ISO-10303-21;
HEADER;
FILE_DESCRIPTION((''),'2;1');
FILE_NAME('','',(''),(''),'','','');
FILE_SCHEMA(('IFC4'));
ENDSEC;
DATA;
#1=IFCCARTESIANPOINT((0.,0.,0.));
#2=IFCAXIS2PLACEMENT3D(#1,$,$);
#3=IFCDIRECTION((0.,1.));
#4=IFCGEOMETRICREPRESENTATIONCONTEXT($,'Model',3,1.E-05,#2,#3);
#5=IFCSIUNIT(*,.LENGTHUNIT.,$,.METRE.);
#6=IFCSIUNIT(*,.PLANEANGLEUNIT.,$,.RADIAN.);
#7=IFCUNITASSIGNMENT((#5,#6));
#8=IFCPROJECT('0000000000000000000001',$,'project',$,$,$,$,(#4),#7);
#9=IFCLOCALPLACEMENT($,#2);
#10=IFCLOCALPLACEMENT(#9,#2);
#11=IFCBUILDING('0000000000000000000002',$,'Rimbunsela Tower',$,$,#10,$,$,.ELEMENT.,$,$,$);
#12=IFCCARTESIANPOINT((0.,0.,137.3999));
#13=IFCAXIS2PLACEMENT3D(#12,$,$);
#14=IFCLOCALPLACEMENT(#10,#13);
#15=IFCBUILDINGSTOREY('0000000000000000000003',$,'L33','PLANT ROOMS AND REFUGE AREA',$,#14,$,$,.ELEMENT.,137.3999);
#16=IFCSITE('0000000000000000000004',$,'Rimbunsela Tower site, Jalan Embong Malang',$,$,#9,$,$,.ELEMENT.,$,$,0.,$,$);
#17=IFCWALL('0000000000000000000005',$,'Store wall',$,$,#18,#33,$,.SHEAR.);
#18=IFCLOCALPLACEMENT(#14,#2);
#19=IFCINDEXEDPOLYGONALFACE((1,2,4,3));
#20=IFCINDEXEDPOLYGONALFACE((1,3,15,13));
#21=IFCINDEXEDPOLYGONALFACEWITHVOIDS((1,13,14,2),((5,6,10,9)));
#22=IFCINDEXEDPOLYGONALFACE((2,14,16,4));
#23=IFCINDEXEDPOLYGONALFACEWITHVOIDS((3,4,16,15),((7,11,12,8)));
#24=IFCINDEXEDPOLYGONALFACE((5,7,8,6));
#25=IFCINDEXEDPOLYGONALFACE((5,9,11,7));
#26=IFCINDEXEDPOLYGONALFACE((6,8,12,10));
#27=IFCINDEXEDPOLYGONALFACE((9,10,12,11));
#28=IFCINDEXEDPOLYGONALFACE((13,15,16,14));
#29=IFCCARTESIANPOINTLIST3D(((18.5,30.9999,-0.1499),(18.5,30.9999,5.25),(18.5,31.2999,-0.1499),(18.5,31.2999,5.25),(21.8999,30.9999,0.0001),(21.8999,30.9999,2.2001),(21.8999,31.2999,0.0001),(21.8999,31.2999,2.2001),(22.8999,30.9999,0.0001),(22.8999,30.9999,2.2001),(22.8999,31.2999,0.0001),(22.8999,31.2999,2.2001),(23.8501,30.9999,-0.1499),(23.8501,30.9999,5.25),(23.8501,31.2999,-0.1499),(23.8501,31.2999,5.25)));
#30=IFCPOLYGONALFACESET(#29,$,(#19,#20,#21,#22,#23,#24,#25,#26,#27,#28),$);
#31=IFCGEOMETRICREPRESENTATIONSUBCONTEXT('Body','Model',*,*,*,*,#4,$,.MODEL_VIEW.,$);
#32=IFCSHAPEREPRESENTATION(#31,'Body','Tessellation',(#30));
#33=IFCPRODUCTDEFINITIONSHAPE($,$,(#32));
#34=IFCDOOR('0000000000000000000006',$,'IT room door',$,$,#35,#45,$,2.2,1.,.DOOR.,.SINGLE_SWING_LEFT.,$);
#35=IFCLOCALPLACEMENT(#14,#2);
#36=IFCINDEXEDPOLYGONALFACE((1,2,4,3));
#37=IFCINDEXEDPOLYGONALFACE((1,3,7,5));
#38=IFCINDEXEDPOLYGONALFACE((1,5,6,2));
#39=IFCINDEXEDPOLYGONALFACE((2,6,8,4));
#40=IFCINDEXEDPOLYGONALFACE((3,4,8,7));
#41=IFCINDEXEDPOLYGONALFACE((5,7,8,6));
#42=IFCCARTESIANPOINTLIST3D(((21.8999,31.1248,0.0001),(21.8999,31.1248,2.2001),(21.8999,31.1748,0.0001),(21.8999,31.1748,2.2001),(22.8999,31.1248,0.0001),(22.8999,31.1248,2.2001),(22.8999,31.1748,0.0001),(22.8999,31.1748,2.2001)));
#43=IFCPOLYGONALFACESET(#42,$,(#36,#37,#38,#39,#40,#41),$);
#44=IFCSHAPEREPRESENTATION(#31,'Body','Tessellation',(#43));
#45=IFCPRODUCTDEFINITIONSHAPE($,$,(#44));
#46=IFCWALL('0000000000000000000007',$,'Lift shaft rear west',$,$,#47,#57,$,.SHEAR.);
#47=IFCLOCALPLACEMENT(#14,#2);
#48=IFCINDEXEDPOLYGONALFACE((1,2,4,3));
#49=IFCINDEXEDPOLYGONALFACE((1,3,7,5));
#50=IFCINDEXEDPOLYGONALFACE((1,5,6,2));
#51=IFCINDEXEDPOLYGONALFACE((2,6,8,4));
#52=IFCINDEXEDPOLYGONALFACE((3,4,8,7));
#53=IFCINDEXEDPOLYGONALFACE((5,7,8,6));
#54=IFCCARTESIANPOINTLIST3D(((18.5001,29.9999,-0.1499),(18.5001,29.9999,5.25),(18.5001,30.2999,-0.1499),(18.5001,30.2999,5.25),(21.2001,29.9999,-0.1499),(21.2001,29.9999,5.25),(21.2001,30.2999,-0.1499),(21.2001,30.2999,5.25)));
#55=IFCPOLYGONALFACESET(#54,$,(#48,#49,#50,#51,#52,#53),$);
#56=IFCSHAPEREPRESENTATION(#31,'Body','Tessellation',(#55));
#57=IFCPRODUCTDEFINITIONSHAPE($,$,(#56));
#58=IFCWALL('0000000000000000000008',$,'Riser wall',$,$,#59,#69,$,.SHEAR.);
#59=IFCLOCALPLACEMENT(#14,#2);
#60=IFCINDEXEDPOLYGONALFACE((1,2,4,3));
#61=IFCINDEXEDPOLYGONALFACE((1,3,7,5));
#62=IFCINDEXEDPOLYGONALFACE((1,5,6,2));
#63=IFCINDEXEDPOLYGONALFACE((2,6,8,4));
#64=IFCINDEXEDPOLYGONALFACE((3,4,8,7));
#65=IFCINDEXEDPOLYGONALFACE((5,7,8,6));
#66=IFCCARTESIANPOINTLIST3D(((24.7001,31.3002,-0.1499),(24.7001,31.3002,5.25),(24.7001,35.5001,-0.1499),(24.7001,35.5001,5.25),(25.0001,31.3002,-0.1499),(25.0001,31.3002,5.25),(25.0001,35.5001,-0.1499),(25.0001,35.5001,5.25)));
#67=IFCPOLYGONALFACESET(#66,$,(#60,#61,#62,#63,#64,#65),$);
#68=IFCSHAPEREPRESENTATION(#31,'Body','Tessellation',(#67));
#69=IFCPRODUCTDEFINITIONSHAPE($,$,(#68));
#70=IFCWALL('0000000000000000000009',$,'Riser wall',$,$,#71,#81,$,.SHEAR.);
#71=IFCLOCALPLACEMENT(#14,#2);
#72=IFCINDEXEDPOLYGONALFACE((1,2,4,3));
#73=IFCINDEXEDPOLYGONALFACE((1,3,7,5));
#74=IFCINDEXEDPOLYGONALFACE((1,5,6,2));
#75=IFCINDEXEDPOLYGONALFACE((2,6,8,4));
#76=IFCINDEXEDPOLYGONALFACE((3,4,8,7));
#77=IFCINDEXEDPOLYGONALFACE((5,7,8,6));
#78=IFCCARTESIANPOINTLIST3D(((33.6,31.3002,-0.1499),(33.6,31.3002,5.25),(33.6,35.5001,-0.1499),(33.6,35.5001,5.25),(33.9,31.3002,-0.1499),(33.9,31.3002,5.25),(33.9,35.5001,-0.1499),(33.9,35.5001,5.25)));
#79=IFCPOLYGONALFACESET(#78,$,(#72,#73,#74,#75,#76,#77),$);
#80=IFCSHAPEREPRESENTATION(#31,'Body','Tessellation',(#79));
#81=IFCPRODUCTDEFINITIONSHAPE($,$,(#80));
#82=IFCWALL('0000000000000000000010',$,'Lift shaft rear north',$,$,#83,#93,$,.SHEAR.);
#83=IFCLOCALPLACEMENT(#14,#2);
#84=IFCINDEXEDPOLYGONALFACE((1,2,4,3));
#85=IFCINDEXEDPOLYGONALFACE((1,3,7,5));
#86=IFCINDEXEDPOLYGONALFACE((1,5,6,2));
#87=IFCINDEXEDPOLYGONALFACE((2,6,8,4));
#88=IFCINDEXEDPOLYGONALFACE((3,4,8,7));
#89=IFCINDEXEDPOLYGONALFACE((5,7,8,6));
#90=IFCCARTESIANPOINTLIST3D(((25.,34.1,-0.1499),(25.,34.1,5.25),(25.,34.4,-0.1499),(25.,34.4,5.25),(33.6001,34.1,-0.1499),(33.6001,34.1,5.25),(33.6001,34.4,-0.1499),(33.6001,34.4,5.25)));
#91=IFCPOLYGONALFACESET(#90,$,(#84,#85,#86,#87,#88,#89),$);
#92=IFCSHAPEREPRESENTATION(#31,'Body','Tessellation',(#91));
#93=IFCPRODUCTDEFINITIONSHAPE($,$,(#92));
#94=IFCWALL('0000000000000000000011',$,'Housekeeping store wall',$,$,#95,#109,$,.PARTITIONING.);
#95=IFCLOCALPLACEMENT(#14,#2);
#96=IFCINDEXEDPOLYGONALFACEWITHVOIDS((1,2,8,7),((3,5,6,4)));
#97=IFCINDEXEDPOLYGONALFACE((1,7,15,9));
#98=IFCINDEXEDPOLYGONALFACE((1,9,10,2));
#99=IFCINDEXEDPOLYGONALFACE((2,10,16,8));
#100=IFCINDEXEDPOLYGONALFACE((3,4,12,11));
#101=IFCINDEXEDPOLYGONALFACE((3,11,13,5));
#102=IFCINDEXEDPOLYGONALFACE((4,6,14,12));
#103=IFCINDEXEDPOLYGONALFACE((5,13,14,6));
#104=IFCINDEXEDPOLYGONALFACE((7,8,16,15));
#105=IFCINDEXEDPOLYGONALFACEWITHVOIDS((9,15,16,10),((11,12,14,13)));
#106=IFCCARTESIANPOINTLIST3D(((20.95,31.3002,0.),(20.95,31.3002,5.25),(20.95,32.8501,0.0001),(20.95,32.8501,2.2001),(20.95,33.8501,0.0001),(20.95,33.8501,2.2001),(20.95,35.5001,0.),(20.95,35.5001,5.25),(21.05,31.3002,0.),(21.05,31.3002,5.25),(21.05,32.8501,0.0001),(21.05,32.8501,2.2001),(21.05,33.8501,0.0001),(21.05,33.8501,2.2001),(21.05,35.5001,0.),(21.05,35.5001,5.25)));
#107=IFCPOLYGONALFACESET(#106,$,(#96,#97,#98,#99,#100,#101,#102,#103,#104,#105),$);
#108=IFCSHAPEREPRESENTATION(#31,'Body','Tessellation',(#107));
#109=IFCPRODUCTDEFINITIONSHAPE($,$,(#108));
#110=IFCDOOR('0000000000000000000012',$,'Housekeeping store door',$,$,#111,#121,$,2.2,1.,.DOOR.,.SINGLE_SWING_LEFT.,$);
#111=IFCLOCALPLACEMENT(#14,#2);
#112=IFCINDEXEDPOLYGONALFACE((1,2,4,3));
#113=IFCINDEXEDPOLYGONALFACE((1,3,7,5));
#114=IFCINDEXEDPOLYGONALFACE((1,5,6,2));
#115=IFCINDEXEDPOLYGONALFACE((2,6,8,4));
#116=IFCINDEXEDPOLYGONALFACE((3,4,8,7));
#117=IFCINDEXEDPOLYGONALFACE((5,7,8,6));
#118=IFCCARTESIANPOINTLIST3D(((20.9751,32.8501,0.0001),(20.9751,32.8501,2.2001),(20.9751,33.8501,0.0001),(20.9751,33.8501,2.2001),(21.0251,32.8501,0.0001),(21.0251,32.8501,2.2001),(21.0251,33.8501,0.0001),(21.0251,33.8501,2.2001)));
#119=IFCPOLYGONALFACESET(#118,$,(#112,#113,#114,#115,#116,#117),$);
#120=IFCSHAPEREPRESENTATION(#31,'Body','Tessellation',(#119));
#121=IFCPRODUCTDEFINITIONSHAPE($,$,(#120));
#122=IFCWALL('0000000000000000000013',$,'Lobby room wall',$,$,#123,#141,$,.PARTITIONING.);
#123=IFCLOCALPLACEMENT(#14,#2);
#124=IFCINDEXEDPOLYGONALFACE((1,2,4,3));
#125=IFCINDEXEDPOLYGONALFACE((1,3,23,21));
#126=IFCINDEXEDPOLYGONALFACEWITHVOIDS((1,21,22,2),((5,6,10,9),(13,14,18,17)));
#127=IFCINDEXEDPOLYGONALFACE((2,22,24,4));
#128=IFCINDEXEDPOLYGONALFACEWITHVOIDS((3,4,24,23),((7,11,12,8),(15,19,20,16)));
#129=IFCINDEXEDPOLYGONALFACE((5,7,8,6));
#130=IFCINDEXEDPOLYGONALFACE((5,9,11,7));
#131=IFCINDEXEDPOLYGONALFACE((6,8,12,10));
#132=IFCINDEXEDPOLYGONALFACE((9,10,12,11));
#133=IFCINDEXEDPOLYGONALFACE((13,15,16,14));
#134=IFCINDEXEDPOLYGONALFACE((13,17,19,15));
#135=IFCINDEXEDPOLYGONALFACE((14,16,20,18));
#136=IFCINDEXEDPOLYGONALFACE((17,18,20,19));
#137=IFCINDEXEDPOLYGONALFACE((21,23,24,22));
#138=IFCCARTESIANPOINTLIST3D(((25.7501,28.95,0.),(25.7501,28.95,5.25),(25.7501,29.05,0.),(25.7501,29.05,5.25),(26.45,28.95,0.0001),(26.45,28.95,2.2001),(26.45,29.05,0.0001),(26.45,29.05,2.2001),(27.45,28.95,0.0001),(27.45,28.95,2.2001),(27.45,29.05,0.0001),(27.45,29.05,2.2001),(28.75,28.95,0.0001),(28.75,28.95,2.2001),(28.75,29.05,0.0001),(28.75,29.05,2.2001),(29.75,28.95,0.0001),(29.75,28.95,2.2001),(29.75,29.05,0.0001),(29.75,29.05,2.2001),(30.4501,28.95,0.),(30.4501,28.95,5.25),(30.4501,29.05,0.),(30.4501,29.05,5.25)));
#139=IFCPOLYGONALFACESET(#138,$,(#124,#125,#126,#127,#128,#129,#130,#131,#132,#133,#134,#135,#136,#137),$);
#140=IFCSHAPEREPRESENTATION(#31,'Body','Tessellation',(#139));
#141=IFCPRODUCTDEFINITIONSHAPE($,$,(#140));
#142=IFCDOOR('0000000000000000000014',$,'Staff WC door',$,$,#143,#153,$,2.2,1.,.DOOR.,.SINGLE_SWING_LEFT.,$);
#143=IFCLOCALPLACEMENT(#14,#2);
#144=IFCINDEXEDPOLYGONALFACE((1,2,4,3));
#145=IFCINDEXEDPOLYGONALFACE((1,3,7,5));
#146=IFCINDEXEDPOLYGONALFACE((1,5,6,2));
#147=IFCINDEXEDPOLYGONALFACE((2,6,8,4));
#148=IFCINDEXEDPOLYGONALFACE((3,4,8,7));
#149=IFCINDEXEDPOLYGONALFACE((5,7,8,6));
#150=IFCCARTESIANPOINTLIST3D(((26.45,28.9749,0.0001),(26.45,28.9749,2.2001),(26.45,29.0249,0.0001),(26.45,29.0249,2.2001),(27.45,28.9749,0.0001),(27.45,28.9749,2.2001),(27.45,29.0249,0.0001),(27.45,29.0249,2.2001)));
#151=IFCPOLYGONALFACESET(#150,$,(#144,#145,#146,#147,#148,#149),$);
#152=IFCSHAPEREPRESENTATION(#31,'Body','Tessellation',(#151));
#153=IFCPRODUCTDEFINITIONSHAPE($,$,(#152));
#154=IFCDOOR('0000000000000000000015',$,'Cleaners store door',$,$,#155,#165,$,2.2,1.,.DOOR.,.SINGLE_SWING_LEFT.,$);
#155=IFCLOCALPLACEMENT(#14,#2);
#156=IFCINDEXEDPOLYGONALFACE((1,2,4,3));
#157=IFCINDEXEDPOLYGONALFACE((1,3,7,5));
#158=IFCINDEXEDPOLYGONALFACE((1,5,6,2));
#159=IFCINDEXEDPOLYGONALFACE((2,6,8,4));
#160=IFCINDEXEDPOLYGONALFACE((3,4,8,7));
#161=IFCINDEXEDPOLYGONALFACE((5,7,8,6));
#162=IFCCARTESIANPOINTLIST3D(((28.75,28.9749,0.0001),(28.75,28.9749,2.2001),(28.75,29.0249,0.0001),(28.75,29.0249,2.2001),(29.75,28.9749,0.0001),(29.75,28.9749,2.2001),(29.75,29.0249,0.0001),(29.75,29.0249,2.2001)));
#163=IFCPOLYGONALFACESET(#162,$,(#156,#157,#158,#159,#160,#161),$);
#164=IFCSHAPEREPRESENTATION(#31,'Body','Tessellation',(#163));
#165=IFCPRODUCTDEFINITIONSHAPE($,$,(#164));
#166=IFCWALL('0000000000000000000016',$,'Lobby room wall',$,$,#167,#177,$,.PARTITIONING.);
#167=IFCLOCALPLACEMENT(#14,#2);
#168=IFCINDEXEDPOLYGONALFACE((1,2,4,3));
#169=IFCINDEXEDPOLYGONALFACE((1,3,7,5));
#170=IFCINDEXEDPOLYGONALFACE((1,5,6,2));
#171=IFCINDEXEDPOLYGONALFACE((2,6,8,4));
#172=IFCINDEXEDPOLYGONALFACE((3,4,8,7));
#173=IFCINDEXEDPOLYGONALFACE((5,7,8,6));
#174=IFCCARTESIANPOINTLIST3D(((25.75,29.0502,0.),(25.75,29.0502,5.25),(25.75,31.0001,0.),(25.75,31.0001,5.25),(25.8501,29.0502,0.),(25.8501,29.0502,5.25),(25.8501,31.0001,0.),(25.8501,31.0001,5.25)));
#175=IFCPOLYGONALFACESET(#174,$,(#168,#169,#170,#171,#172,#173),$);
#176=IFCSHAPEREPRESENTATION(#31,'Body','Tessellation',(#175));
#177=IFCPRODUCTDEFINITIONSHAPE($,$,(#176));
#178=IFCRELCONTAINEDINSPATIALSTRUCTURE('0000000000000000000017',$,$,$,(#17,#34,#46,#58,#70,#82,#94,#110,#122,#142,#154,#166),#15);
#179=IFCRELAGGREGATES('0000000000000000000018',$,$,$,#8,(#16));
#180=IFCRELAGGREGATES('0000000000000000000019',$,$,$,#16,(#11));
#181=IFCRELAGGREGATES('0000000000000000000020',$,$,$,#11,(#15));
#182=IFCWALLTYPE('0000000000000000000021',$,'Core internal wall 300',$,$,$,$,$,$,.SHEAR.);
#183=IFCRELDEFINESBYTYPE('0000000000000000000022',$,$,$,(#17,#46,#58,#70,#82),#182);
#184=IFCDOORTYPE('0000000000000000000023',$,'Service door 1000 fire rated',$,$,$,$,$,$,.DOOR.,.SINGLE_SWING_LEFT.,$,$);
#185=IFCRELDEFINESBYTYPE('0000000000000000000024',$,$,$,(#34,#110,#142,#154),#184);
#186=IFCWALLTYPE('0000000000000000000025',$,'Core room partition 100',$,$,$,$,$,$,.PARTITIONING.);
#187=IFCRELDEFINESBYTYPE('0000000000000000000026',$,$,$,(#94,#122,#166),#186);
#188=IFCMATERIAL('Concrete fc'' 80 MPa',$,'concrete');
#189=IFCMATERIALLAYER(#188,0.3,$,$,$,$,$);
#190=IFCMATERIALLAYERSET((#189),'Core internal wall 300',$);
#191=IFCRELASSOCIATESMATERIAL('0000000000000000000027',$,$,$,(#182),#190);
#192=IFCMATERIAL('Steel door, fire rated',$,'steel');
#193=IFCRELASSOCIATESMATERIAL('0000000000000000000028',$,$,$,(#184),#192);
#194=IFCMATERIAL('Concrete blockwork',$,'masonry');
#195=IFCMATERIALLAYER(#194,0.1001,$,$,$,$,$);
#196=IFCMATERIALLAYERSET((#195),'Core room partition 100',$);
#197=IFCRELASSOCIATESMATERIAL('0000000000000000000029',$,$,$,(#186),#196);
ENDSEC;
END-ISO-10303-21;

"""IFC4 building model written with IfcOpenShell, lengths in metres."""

from ifc_helpers import new_model, si_unit, direction, frame, frame_2d, origin, place, context, subcontext, project, spatial, rectangle, extrude, material, layer, layer_set, type_object, element, fill, save


model = new_model("IFC4")

# Units and contexts
model_context = context("Model", 3, precision=1e-05, world=origin(), true_north=direction((0.0, 1.0)))
body_context = subcontext(model_context, "Body", "Model", "MODEL_VIEW")
ifc_project = project(units=[si_unit("LENGTHUNIT", "METRE"), si_unit("PLANEANGLEUNIT", "RADIAN")], contexts=[model_context])

# Site, building, storey
site_placement = place(None, origin())
site = spatial("IfcSite", under=ifc_project, at=site_placement, Name="Rimbunsela Tower site, Jalan Embong Malang", CompositionType="ELEMENT", RefElevation=0.0)
building_placement = place(site_placement, origin())
building = spatial("IfcBuilding", under=site, at=building_placement, Name="Rimbunsela Tower", CompositionType="ELEMENT")
storey_placement = place(building_placement, frame((0.0, 0.0, 137.3999)))
storey = spatial("IfcBuildingStorey", under=building, at=storey_placement, Name="L33", Description="PLANT ROOMS AND REFUGE AREA", CompositionType="ELEMENT", Elevation=137.3999)

# Shared definitions
ifc_material_1 = material(Name="Concrete fc' 80 MPa", Category="concrete")
ifc_layer_1 = layer(ifc_material_1, 0.3)
ifc_layer_set_1 = layer_set([ifc_layer_1], Name="Core internal wall 300")
wall_type_1 = type_object("IfcWallType", Name="Core internal wall 300", PredefinedType="SHEAR", material=ifc_layer_set_1)

# Wall, opening, door
wall_1_placement = place(storey_placement, frame((18.5, 31.1499, -0.1499), z_axis=(0.0, 0.0, 1.0), x_axis=(1.0, 0.0, 0.0)))
wall_1 = element("IfcWall", 1, at=wall_1_placement, inside=storey, type_object=wall_type_1, Name="Store wall", PredefinedType="SHEAR", context=body_context, shape_type="SweptSolid", body=[
    extrude(rectangle(XDim=5.3501, YDim=0.3, at=frame_2d((2.675, 0.0))), origin(), (0.0, 0.0, 1.0), 5.3999),
])
opening_1_placement = place(wall_1_placement, frame((3.3999, 0.0, 0.1499)))
opening_1 = element("IfcOpeningElement", 2, at=opening_1_placement, cuts=wall_1, PredefinedType="OPENING", context=body_context, shape_type="SweptSolid", body=[
    extrude(rectangle(XDim=1.0, YDim=2.2, at=frame_2d((0.5, 1.1001))), frame((0.0, 0.1599, 0.0), z_axis=(0.0, -1.0, 0.0), x_axis=(1.0, 0.0, 0.0)), (0.0, 0.0, 1.0), 0.3201),
])
ifc_material_2 = material(Name="Steel door, fire rated", Category="steel")
door_type_1 = type_object("IfcDoorType", Name="Service door 1000 fire rated", OperationType="SINGLE_SWING_LEFT", PredefinedType="DOOR", material=ifc_material_2)
door_1_placement = place(opening_1_placement, origin())
door_1 = element("IfcDoor", 3, at=door_1_placement, inside=storey, type_object=door_type_1, Name="IT room door", OperationType="SINGLE_SWING_LEFT", OverallHeight=2.2, OverallWidth=1.0, PredefinedType="DOOR", context=body_context, shape_type="SweptSolid", body=[
    extrude(rectangle(XDim=1.0, YDim=2.2, at=frame_2d((0.5, 1.1001))), frame((0.0, 0.0249, 0.0), z_axis=(0.0, -1.0, 0.0), x_axis=(1.0, 0.0, 0.0)), (0.0, 0.0, 1.0), 0.05),
])
fill(opening_1, door_1)

# Walls
wall_2_placement = place(storey_placement, frame((18.5, 30.1499, -0.1499), z_axis=(0.0, 0.0, 1.0), x_axis=(1.0, 0.0, 0.0)))
element("IfcWall", 4, at=wall_2_placement, inside=storey, type_object=wall_type_1, Name="Lift shaft rear west", PredefinedType="SHEAR", context=body_context, shape_type="SweptSolid", body=[
    extrude(rectangle(XDim=2.7, YDim=0.3, at=frame_2d((1.3501, 0.0))), origin(), (0.0, 0.0, 1.0), 5.3999),
])
for number, where, z_axis, x_axis, name in (
    (5, (24.8501, 31.3, -0.1499), (0.0, 0.0, 1.0), (0.0, 1.0, 0.0), "Riser wall"),
    (6, (33.75, 31.3, -0.1499), (0.0, 0.0, 1.0), (0.0, 1.0, 0.0), "Riser wall"),
):
    element("IfcWall", number, at=place(storey_placement, frame(where, z_axis=z_axis, x_axis=x_axis)), inside=storey, type_object=wall_type_1, Name=name, PredefinedType="SHEAR", context=body_context, shape_type="SweptSolid", body=[
        extrude(rectangle(XDim=4.2, YDim=0.3, at=frame_2d((2.1001, 0.0))), origin(), (0.0, 0.0, 1.0), 5.3999),
    ])
wall_3_placement = place(storey_placement, frame((25.0, 34.25, -0.1499), z_axis=(0.0, 0.0, 1.0), x_axis=(1.0, 0.0, 0.0)))
element("IfcWall", 7, at=wall_3_placement, inside=storey, type_object=wall_type_1, Name="Lift shaft rear north", PredefinedType="SHEAR", context=body_context, shape_type="SweptSolid", body=[
    extrude(rectangle(XDim=8.6001, YDim=0.3, at=frame_2d((4.3, 0.0))), origin(), (0.0, 0.0, 1.0), 5.3999),
])

# Wall, opening, door
ifc_material_3 = material(Name="Concrete blockwork", Category="masonry")
ifc_layer_2 = layer(ifc_material_3, 0.1001)
ifc_layer_set_2 = layer_set([ifc_layer_2], Name="Core room partition 100")
wall_type_2 = type_object("IfcWallType", Name="Core room partition 100", PredefinedType="PARTITIONING", material=ifc_layer_set_2)
wall_4_placement = place(storey_placement, frame((21.0, 31.3, 0.0), z_axis=(0.0, 0.0, 1.0), x_axis=(0.0, 1.0, 0.0)))
wall_4 = element("IfcWall", 8, at=wall_4_placement, inside=storey, type_object=wall_type_2, Name="Housekeeping store wall", PredefinedType="PARTITIONING", context=body_context, shape_type="SweptSolid", body=[
    extrude(rectangle(XDim=4.2, YDim=0.1001, at=frame_2d((2.1001, 0.0))), origin(), (0.0, 0.0, 1.0), 5.25),
])
opening_2_placement = place(wall_4_placement, frame((1.55, 0.0, 0.0)))
opening_2 = element("IfcOpeningElement", 9, at=opening_2_placement, cuts=wall_4, PredefinedType="OPENING", context=body_context, shape_type="SweptSolid", body=[
    extrude(rectangle(XDim=1.0, YDim=2.2, at=frame_2d((0.5, 1.1001))), frame((0.0, 0.0601, 0.0), z_axis=(0.0, -1.0, 0.0), x_axis=(1.0, 0.0, 0.0)), (0.0, 0.0, 1.0), 0.1201),
])
door_2_placement = place(opening_2_placement, origin())
door_2 = element("IfcDoor", 10, at=door_2_placement, inside=storey, type_object=door_type_1, Name="Housekeeping store door", OperationType="SINGLE_SWING_LEFT", OverallHeight=2.2, OverallWidth=1.0, PredefinedType="DOOR", context=body_context, shape_type="SweptSolid", body=[
    extrude(rectangle(XDim=1.0, YDim=2.2, at=frame_2d((0.5, 1.1001))), frame((0.0, 0.0249, 0.0), z_axis=(0.0, -1.0, 0.0), x_axis=(1.0, 0.0, 0.0)), (0.0, 0.0, 1.0), 0.05),
])
fill(opening_2, door_2)

# Wall, openings, doors
wall_5_placement = place(storey_placement, frame((25.75, 29.0, 0.0), z_axis=(0.0, 0.0, 1.0), x_axis=(1.0, 0.0, 0.0)))
wall_5 = element("IfcWall", 11, at=wall_5_placement, inside=storey, type_object=wall_type_2, Name="Lobby room wall", PredefinedType="PARTITIONING", context=body_context, shape_type="SweptSolid", body=[
    extrude(rectangle(XDim=4.7, YDim=0.1001, at=frame_2d((2.3501, 0.0))), origin(), (0.0, 0.0, 1.0), 5.25),
])
opening_3_placement = place(wall_5_placement, frame((0.7, 0.0, 0.0)))
opening_3 = element("IfcOpeningElement", 12, at=opening_3_placement, cuts=wall_5, PredefinedType="OPENING", context=body_context, shape_type="SweptSolid", body=[
    extrude(rectangle(XDim=1.0, YDim=2.2, at=frame_2d((0.5, 1.1001))), frame((0.0, 0.0601, 0.0), z_axis=(0.0, -1.0, 0.0), x_axis=(1.0, 0.0, 0.0)), (0.0, 0.0, 1.0), 0.1201),
])
opening_4_placement = place(wall_5_placement, frame((3.0, 0.0, 0.0)))
opening_4 = element("IfcOpeningElement", 13, at=opening_4_placement, cuts=wall_5, PredefinedType="OPENING", context=body_context, shape_type="SweptSolid", body=[
    extrude(rectangle(XDim=1.0, YDim=2.2, at=frame_2d((0.5, 1.1001))), frame((0.0, 0.0601, 0.0), z_axis=(0.0, -1.0, 0.0), x_axis=(1.0, 0.0, 0.0)), (0.0, 0.0, 1.0), 0.1201),
])
door_3_placement = place(opening_3_placement, origin())
door_3 = element("IfcDoor", 14, at=door_3_placement, inside=storey, type_object=door_type_1, Name="Staff WC door", OperationType="SINGLE_SWING_LEFT", OverallHeight=2.2, OverallWidth=1.0, PredefinedType="DOOR", context=body_context, shape_type="SweptSolid", body=[
    extrude(rectangle(XDim=1.0, YDim=2.2, at=frame_2d((0.5, 1.1001))), frame((0.0, 0.0249, 0.0), z_axis=(0.0, -1.0, 0.0), x_axis=(1.0, 0.0, 0.0)), (0.0, 0.0, 1.0), 0.05),
])
fill(opening_3, door_3)
door_4_placement = place(opening_4_placement, origin())
door_4 = element("IfcDoor", 15, at=door_4_placement, inside=storey, type_object=door_type_1, Name="Cleaners store door", OperationType="SINGLE_SWING_LEFT", OverallHeight=2.2, OverallWidth=1.0, PredefinedType="DOOR", context=body_context, shape_type="SweptSolid", body=[
    extrude(rectangle(XDim=1.0, YDim=2.2, at=frame_2d((0.5, 1.1001))), frame((0.0, 0.0249, 0.0), z_axis=(0.0, -1.0, 0.0), x_axis=(1.0, 0.0, 0.0)), (0.0, 0.0, 1.0), 0.05),
])
fill(opening_4, door_4)

# Wall
for number, where, z_axis, x_axis, name in (
    (16, (25.8, 29.05, 0.0), (0.0, 0.0, 1.0), (0.0, 1.0, 0.0), "Lobby room wall"),
):
    element("IfcWall", number, at=place(storey_placement, frame(where, z_axis=z_axis, x_axis=x_axis)), inside=storey, type_object=wall_type_2, Name=name, PredefinedType="PARTITIONING", context=body_context, shape_type="SweptSolid", body=[
        extrude(rectangle(XDim=1.95, YDim=0.1001, at=frame_2d((0.9751, 0.0))), origin(), (0.0, 0.0, 1.0), 5.25),
    ])

save(model, "model.ifc")
